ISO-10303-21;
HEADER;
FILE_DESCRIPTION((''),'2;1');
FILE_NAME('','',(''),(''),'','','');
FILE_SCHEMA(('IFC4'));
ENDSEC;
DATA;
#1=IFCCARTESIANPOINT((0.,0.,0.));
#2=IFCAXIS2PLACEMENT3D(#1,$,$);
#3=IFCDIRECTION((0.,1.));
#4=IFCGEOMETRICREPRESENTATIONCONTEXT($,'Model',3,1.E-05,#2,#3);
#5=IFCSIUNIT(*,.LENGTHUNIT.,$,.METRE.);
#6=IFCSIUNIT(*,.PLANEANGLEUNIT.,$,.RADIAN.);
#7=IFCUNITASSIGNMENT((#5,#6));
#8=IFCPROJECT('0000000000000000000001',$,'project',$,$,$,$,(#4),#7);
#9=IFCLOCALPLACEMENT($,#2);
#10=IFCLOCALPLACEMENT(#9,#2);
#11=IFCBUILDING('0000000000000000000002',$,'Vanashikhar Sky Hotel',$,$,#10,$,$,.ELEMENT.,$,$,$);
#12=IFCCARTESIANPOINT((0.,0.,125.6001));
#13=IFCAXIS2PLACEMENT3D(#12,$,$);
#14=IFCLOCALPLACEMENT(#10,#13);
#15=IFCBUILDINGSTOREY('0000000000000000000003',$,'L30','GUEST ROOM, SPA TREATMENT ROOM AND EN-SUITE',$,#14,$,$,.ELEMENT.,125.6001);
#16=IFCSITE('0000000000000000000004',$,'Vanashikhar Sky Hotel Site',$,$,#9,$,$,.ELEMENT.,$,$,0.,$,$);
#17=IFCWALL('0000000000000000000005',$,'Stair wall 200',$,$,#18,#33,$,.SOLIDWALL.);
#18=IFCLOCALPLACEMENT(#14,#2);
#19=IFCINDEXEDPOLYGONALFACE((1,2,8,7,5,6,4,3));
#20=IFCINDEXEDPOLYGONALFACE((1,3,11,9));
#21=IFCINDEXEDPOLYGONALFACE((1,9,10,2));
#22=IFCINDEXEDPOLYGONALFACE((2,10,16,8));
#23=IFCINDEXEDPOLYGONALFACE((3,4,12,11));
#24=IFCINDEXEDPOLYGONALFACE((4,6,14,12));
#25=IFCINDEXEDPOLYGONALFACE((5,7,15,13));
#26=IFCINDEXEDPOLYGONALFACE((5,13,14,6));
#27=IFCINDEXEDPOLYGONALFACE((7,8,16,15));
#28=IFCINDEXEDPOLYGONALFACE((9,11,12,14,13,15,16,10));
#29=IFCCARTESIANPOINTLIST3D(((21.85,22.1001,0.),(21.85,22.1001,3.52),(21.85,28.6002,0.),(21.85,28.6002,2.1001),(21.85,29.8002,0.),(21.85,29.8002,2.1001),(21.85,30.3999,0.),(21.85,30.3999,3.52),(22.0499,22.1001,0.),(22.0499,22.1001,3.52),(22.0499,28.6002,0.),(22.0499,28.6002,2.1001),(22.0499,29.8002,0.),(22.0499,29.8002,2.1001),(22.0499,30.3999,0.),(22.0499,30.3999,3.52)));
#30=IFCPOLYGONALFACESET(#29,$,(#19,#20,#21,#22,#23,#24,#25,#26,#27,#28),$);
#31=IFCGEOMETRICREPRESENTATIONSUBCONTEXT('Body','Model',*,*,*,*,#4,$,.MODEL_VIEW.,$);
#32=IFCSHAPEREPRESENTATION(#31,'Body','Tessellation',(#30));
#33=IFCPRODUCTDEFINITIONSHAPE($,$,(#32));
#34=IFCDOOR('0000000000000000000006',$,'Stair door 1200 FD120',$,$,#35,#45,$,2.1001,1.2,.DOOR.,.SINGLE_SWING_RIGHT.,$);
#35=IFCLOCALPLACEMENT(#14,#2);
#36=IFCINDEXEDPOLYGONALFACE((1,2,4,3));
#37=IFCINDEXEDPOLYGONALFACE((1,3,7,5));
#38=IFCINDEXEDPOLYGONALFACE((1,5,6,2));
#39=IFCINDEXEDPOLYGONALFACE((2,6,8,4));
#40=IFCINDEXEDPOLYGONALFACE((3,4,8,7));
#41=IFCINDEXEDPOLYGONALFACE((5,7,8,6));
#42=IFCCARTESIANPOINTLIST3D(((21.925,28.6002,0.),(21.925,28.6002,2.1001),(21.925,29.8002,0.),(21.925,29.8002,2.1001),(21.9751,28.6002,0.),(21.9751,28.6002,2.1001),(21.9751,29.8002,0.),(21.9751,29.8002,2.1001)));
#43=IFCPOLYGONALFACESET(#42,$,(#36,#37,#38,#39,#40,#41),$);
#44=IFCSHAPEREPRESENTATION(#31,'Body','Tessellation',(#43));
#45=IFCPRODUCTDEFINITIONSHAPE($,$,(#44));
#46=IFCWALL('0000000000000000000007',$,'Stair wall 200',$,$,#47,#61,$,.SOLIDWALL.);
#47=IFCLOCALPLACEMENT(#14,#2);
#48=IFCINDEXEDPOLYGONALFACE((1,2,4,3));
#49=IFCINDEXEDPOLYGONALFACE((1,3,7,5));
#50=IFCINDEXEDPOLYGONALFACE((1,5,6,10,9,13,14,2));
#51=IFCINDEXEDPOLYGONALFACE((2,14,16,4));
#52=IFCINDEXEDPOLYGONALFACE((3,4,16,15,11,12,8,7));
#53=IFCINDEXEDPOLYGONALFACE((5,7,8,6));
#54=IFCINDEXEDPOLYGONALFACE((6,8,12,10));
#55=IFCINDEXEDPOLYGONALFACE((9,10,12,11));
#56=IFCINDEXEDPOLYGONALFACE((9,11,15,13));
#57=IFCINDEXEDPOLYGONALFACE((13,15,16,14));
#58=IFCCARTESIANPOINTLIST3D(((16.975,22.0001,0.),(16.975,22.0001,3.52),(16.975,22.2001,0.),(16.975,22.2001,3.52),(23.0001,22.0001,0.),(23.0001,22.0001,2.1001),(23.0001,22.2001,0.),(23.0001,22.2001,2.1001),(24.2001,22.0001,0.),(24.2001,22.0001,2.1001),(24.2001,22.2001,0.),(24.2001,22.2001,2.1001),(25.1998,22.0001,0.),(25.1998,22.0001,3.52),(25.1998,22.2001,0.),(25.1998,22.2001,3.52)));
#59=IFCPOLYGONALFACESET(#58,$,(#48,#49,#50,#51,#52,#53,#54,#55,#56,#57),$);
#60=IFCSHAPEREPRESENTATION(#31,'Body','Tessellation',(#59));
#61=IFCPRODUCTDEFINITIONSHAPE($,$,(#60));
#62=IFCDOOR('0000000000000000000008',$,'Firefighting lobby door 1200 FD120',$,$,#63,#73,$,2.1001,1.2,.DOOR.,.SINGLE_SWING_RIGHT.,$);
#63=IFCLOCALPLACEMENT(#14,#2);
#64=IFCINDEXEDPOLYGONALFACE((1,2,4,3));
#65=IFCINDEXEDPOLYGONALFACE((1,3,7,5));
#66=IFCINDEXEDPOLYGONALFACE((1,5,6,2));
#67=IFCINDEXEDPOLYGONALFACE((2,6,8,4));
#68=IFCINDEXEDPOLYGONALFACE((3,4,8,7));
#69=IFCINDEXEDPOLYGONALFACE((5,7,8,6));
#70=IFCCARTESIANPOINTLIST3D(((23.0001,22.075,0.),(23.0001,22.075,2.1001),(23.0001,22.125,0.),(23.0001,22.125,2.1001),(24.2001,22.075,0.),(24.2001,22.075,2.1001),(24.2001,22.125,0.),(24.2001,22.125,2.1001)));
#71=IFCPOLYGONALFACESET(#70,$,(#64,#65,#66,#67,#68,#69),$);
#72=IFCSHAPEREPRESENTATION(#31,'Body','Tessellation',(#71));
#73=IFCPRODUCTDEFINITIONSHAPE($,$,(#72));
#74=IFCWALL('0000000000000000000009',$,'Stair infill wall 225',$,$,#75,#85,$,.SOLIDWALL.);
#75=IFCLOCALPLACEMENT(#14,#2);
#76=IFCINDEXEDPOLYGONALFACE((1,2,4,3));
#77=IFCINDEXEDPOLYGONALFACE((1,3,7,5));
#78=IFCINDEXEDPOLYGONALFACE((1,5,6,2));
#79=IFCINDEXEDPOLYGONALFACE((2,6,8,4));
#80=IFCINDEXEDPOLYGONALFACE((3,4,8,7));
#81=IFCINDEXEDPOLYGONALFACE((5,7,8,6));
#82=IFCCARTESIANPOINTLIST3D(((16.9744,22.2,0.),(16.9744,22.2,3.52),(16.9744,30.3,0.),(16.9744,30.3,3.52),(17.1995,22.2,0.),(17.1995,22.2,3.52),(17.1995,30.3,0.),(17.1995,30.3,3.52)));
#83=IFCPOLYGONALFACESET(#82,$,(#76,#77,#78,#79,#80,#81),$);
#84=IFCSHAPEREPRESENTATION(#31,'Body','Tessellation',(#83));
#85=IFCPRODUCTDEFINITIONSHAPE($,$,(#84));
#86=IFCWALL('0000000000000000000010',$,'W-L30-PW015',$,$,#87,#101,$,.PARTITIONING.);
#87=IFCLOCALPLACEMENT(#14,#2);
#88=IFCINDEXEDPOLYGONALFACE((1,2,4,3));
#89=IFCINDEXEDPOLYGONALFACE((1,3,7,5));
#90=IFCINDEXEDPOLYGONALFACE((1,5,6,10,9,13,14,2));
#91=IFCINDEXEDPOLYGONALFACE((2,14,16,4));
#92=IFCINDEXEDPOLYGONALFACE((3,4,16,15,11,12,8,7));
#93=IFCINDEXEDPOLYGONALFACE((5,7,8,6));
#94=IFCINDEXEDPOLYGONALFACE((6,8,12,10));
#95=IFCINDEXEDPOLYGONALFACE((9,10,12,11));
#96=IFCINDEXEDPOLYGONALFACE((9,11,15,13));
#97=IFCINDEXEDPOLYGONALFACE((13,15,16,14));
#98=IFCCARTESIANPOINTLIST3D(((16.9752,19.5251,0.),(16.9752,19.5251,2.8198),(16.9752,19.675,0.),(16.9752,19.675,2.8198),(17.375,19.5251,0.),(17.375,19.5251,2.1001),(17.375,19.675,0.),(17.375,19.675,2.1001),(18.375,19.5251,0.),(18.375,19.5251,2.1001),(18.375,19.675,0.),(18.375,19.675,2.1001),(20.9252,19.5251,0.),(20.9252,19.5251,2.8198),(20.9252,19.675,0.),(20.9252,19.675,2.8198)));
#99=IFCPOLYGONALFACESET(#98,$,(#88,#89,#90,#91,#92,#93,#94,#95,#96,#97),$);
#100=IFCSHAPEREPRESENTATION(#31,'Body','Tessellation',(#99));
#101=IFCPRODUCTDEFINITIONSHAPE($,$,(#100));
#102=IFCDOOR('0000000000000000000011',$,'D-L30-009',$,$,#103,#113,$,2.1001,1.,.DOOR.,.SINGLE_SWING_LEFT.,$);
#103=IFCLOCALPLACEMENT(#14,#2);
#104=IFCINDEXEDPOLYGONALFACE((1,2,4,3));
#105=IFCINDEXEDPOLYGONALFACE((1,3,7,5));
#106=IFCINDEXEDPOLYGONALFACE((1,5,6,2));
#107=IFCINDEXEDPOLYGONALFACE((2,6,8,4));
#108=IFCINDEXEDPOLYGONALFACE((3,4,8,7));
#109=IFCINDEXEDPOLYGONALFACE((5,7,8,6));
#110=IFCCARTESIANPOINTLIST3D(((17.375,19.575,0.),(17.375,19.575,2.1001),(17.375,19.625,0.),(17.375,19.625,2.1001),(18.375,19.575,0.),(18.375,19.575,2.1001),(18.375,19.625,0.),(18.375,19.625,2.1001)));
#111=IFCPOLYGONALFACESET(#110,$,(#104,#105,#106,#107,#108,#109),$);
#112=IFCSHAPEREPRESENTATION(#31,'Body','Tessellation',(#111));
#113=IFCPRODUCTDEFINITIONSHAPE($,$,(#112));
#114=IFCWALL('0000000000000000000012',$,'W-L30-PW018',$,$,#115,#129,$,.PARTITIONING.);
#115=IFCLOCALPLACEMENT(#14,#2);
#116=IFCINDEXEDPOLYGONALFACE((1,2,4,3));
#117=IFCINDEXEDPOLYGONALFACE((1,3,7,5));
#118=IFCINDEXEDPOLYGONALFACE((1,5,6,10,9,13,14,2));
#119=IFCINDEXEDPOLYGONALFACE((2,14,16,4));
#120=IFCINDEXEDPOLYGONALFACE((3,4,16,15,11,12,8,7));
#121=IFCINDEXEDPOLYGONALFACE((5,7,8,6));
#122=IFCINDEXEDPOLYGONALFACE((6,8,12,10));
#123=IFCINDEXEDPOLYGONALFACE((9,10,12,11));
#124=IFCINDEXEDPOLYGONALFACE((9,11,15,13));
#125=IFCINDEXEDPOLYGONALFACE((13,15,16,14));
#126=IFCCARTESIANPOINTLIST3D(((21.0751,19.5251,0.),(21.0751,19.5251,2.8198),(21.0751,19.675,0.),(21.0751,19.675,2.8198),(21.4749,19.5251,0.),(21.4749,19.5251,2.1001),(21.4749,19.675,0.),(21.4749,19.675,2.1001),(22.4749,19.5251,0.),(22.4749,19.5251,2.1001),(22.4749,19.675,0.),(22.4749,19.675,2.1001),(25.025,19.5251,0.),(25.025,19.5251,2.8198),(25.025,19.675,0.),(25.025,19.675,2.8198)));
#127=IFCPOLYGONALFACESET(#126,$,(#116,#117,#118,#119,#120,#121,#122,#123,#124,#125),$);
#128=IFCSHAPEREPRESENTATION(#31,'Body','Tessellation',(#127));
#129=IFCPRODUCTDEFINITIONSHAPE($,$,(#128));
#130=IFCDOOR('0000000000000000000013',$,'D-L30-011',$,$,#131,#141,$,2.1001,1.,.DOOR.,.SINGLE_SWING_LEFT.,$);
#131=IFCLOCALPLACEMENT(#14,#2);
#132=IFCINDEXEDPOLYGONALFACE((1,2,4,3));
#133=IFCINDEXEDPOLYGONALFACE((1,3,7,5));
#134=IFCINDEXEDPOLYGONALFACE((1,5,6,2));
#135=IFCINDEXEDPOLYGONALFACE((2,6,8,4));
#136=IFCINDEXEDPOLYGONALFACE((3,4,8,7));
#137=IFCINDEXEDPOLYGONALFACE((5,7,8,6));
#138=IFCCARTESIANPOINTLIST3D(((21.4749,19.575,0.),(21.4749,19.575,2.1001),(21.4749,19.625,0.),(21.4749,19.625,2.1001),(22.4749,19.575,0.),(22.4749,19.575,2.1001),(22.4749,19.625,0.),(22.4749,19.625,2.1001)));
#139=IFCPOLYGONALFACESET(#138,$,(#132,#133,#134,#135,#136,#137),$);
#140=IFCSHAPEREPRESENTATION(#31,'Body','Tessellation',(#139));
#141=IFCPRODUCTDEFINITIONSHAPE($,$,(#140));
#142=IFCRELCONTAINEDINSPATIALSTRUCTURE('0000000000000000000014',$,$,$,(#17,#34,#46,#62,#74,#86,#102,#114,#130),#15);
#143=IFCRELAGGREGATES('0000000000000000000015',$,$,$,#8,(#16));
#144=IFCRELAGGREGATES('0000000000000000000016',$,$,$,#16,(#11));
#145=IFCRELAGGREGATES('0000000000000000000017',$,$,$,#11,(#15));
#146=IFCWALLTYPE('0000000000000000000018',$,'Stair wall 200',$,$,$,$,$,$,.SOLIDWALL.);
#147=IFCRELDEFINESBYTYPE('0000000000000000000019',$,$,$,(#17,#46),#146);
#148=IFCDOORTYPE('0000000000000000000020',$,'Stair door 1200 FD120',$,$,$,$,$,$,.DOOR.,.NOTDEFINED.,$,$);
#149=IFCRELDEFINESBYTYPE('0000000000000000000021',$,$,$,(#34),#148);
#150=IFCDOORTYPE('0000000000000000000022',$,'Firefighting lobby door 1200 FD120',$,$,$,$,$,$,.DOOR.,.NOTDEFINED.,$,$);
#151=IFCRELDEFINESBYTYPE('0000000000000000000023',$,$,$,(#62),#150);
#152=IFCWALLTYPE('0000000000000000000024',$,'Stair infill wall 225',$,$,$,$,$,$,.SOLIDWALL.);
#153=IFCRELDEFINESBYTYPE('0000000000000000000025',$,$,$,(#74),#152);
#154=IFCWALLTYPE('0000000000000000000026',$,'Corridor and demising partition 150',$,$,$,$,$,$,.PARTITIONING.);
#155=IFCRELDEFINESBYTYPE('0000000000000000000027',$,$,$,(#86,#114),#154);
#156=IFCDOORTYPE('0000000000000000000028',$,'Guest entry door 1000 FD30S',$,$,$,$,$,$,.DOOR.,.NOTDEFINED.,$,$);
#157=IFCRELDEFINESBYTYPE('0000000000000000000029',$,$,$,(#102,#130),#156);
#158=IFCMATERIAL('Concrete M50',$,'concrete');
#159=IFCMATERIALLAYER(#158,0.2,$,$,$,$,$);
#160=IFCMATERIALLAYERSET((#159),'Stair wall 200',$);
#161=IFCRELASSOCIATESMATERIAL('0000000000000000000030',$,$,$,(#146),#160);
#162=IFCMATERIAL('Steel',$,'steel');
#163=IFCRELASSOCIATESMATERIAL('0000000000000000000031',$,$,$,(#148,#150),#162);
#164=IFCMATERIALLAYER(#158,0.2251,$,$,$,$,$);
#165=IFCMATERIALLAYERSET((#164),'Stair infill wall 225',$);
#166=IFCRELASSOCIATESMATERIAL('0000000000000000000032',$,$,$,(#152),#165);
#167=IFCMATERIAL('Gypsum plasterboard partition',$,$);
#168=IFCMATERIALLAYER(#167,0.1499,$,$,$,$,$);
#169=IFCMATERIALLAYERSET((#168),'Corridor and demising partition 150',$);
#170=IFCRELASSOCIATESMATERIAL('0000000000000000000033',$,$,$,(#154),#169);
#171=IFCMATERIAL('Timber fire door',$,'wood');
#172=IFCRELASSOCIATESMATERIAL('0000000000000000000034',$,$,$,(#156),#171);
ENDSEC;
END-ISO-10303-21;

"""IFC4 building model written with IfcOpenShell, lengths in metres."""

from ifc_helpers import new_model, si_unit, direction, frame, frame_2d, origin, place, context, subcontext, project, spatial, rectangle, extrude, source, transform, mapped, material, layer, layer_set, type_object, element, fill, save


model = new_model("IFC4")

# Units and contexts
model_context = context("Model", 3, precision=1e-05, world=origin(), true_north=direction((0.0, 1.0)))
body_context = subcontext(model_context, "Body", "Model", "MODEL_VIEW")
ifc_project = project(units=[si_unit("LENGTHUNIT", "METRE"), si_unit("PLANEANGLEUNIT", "RADIAN")], contexts=[model_context])

# Site, building, storey
site_placement = place(None, origin())
site = spatial("IfcSite", under=ifc_project, at=site_placement, Name="Vanashikhar Sky Hotel Site", CompositionType="ELEMENT", RefElevation=0.0)
building_placement = place(site_placement, origin())
building = spatial("IfcBuilding", under=site, at=building_placement, Name="Vanashikhar Sky Hotel", CompositionType="ELEMENT")
storey_placement = place(building_placement, frame((0.0, 0.0, 125.6001)))
storey = spatial("IfcBuildingStorey", under=building, at=storey_placement, Name="L30", Description="GUEST ROOM, SPA TREATMENT ROOM AND EN-SUITE", CompositionType="ELEMENT", Elevation=125.6001)

# Walls, openings, doors
ifc_material_1 = material(Name="Concrete M50", Category="concrete")
ifc_layer_1 = layer(ifc_material_1, 0.2)
ifc_layer_set_1 = layer_set([ifc_layer_1], Name="Stair wall 200")
wall_type_1 = type_object("IfcWallType", Name="Stair wall 200", PredefinedType="SOLIDWALL", material=ifc_layer_set_1)
shared_shape_1 = source(origin(), body_context, "Body", "SweptSolid", [
    extrude(rectangle(XDim=8.2998, YDim=0.2, at=frame_2d((4.1499, 0.0))), origin(), (0.0, 0.0, 1.0), 3.52),
])
wall_1_placement = place(storey_placement, frame((21.95, 22.1001, 0.0), z_axis=(0.0, 0.0, 1.0), x_axis=(0.0, 1.0, 0.0)))
wall_1 = element("IfcWall", 1, at=wall_1_placement, inside=storey, type_object=wall_type_1, Name="Stair wall 200", PredefinedType="SOLIDWALL", context=body_context, shape_type="MappedRepresentation", body=[
    mapped(shared_shape_1, transform((0.0, 0.0, 0.0), scale=1.0)),
])
shared_shape_2 = source(origin(), body_context, "Body", "SweptSolid", [
    extrude(rectangle(XDim=1.2, YDim=2.1001, at=frame_2d((0.6001, 1.05))), frame((0.0, 0.1099, 0.0), z_axis=(0.0, -1.0, 0.0), x_axis=(1.0, 0.0, 0.0)), (0.0, 0.0, 1.0), 0.22),
])
opening_1_placement = place(wall_1_placement, frame((6.5, 0.0, 0.0)))
opening_1 = element("IfcOpeningElement", 2, at=opening_1_placement, cuts=wall_1, PredefinedType="OPENING", context=body_context, shape_type="MappedRepresentation", body=[
    mapped(shared_shape_2, transform((0.0, 0.0, 0.0), scale=1.0)),
])
ifc_material_2 = material(Name="Steel", Category="steel")
door_type_1 = type_object("IfcDoorType", Name="Stair door 1200 FD120", OperationType="NOTDEFINED", PredefinedType="DOOR", material=ifc_material_2)
shared_shape_3 = source(origin(), body_context, "Body", "SweptSolid", [
    extrude(rectangle(XDim=1.2, YDim=2.1001, at=frame_2d((0.6001, 1.05))), frame((0.0, 0.0249, 0.0), z_axis=(0.0, -1.0, 0.0), x_axis=(1.0, 0.0, 0.0)), (0.0, 0.0, 1.0), 0.05),
])
door_1_placement = place(opening_1_placement, origin())
door_1 = element("IfcDoor", 3, at=door_1_placement, inside=storey, type_object=door_type_1, Name="Stair door 1200 FD120", OperationType="SINGLE_SWING_RIGHT", OverallHeight=2.1001, OverallWidth=1.2, PredefinedType="DOOR", context=body_context, shape_type="MappedRepresentation", body=[
    mapped(shared_shape_3, transform((0.0, 0.0, 0.0), scale=1.0)),
])
fill(opening_1, door_1)
shared_shape_4 = source(origin(), body_context, "Body", "SweptSolid", [
    extrude(rectangle(XDim=8.2249, YDim=0.2, at=frame_2d((4.1123, 0.0))), origin(), (0.0, 0.0, 1.0), 3.52),
])
wall_2_placement = place(storey_placement, frame((16.9751, 22.1001, 0.0), z_axis=(0.0, 0.0, 1.0), x_axis=(1.0, 0.0, 0.0)))
wall_2 = element("IfcWall", 4, at=wall_2_placement, inside=storey, type_object=wall_type_1, Name="Stair wall 200", PredefinedType="SOLIDWALL", context=body_context, shape_type="MappedRepresentation", body=[
    mapped(shared_shape_4, transform((0.0, 0.0, 0.0), scale=1.0)),
])
opening_2_placement = place(wall_2_placement, frame((6.0249, 0.0, 0.0)))
opening_2 = element("IfcOpeningElement", 5, at=opening_2_placement, cuts=wall_2, PredefinedType="OPENING", context=body_context, shape_type="MappedRepresentation", body=[
    mapped(shared_shape_2, transform((0.0, 0.0, 0.0), scale=1.0)),
])
door_type_2 = type_object("IfcDoorType", Name="Firefighting lobby door 1200 FD120", OperationType="NOTDEFINED", PredefinedType="DOOR", material=ifc_material_2)
door_2_placement = place(opening_2_placement, origin())
door_2 = element("IfcDoor", 6, at=door_2_placement, inside=storey, type_object=door_type_2, Name="Firefighting lobby door 1200 FD120", OperationType="SINGLE_SWING_RIGHT", OverallHeight=2.1001, OverallWidth=1.2, PredefinedType="DOOR", context=body_context, shape_type="MappedRepresentation", body=[
    mapped(shared_shape_3, transform((0.0, 0.0, 0.0), scale=1.0)),
])
fill(opening_2, door_2)

# Wall
ifc_layer_2 = layer(ifc_material_1, 0.2251)
ifc_layer_set_2 = layer_set([ifc_layer_2], Name="Stair infill wall 225")
wall_type_2 = type_object("IfcWallType", Name="Stair infill wall 225", PredefinedType="SOLIDWALL", material=ifc_layer_set_2)
shared_shape_5 = source(origin(), body_context, "Body", "SweptSolid", [
    extrude(rectangle(XDim=8.1001, YDim=0.2251, at=frame_2d((4.05, 0.0))), origin(), (0.0, 0.0, 1.0), 3.52),
])
wall_3_placement = place(storey_placement, frame((17.0869, 22.2, 0.0), z_axis=(0.0, 0.0, 1.0), x_axis=(0.0, 1.0, 0.0)))
element("IfcWall", 7, at=wall_3_placement, inside=storey, type_object=wall_type_2, Name="Stair infill wall 225", PredefinedType="SOLIDWALL", context=body_context, shape_type="MappedRepresentation", body=[
    mapped(shared_shape_5, transform((0.0, 0.0, 0.0), scale=1.0)),
])

# Walls, openings, doors
ifc_material_3 = material(Name="Gypsum plasterboard partition")
ifc_layer_3 = layer(ifc_material_3, 0.1499)
ifc_layer_set_3 = layer_set([ifc_layer_3], Name="Corridor and demising partition 150")
wall_type_3 = type_object("IfcWallType", Name="Corridor and demising partition 150", PredefinedType="PARTITIONING", material=ifc_layer_set_3)
shared_shape_6 = source(origin(), body_context, "Body", "SweptSolid", [
    extrude(rectangle(XDim=3.95, YDim=0.1499, at=frame_2d((1.9751, 0.0))), origin(), (0.0, 0.0, 1.0), 2.8198),
])
wall_4_placement = place(storey_placement, frame((16.9751, 19.6001, 0.0), z_axis=(0.0, 0.0, 1.0), x_axis=(1.0, 0.0, 0.0)))
wall_4 = element("IfcWall", 8, at=wall_4_placement, inside=storey, type_object=wall_type_3, Name="W-L30-PW015", PredefinedType="PARTITIONING", context=body_context, shape_type="MappedRepresentation", body=[
    mapped(shared_shape_6, transform((0.0, 0.0, 0.0), scale=1.0)),
])
shared_shape_7 = source(origin(), body_context, "Body", "SweptSolid", [
    extrude(rectangle(XDim=1.0, YDim=2.1001, at=frame_2d((0.5, 1.05))), frame((0.0, 0.085, 0.0), z_axis=(0.0, -1.0, 0.0), x_axis=(1.0, 0.0, 0.0)), (0.0, 0.0, 1.0), 0.1699),
])
opening_3_placement = place(wall_4_placement, frame((0.3999, 0.0, 0.0)))
opening_3 = element("IfcOpeningElement", 9, at=opening_3_placement, cuts=wall_4, PredefinedType="OPENING", context=body_context, shape_type="MappedRepresentation", body=[
    mapped(shared_shape_7, transform((0.0, 0.0, 0.0), scale=1.0)),
])
ifc_material_4 = material(Name="Timber fire door", Category="wood")
door_type_3 = type_object("IfcDoorType", Name="Guest entry door 1000 FD30S", OperationType="NOTDEFINED", PredefinedType="DOOR", material=ifc_material_4)
shared_shape_8 = source(origin(), body_context, "Body", "SweptSolid", [
    extrude(rectangle(XDim=1.0, YDim=2.1001, at=frame_2d((0.5, 1.05))), frame((0.0, 0.0249, 0.0), z_axis=(0.0, -1.0, 0.0), x_axis=(1.0, 0.0, 0.0)), (0.0, 0.0, 1.0), 0.05),
])
door_3_placement = place(opening_3_placement, origin())
door_3 = element("IfcDoor", 10, at=door_3_placement, inside=storey, type_object=door_type_3, Name="D-L30-009", OperationType="SINGLE_SWING_LEFT", OverallHeight=2.1001, OverallWidth=1.0, PredefinedType="DOOR", context=body_context, shape_type="MappedRepresentation", body=[
    mapped(shared_shape_8, transform((0.0, 0.0, 0.0), scale=1.0)),
])
fill(opening_3, door_3)
wall_5_placement = place(storey_placement, frame((21.075, 19.6001, 0.0), z_axis=(0.0, 0.0, 1.0), x_axis=(1.0, 0.0, 0.0)))
wall_5 = element("IfcWall", 11, at=wall_5_placement, inside=storey, type_object=wall_type_3, Name="W-L30-PW018", PredefinedType="PARTITIONING", context=body_context, shape_type="MappedRepresentation", body=[
    mapped(shared_shape_6, transform((0.0, 0.0, 0.0), scale=1.0)),
])
opening_4_placement = place(wall_5_placement, frame((0.3999, 0.0, 0.0)))
opening_4 = element("IfcOpeningElement", 12, at=opening_4_placement, cuts=wall_5, PredefinedType="OPENING", context=body_context, shape_type="MappedRepresentation", body=[
    mapped(shared_shape_7, transform((0.0, 0.0, 0.0), scale=1.0)),
])
door_4_placement = place(opening_4_placement, origin())
door_4 = element("IfcDoor", 13, at=door_4_placement, inside=storey, type_object=door_type_3, Name="D-L30-011", OperationType="SINGLE_SWING_LEFT", OverallHeight=2.1001, OverallWidth=1.0, PredefinedType="DOOR", context=body_context, shape_type="MappedRepresentation", body=[
    mapped(shared_shape_8, transform((0.0, 0.0, 0.0), scale=1.0)),
])
fill(opening_4, door_4)

save(model, "model.ifc")
